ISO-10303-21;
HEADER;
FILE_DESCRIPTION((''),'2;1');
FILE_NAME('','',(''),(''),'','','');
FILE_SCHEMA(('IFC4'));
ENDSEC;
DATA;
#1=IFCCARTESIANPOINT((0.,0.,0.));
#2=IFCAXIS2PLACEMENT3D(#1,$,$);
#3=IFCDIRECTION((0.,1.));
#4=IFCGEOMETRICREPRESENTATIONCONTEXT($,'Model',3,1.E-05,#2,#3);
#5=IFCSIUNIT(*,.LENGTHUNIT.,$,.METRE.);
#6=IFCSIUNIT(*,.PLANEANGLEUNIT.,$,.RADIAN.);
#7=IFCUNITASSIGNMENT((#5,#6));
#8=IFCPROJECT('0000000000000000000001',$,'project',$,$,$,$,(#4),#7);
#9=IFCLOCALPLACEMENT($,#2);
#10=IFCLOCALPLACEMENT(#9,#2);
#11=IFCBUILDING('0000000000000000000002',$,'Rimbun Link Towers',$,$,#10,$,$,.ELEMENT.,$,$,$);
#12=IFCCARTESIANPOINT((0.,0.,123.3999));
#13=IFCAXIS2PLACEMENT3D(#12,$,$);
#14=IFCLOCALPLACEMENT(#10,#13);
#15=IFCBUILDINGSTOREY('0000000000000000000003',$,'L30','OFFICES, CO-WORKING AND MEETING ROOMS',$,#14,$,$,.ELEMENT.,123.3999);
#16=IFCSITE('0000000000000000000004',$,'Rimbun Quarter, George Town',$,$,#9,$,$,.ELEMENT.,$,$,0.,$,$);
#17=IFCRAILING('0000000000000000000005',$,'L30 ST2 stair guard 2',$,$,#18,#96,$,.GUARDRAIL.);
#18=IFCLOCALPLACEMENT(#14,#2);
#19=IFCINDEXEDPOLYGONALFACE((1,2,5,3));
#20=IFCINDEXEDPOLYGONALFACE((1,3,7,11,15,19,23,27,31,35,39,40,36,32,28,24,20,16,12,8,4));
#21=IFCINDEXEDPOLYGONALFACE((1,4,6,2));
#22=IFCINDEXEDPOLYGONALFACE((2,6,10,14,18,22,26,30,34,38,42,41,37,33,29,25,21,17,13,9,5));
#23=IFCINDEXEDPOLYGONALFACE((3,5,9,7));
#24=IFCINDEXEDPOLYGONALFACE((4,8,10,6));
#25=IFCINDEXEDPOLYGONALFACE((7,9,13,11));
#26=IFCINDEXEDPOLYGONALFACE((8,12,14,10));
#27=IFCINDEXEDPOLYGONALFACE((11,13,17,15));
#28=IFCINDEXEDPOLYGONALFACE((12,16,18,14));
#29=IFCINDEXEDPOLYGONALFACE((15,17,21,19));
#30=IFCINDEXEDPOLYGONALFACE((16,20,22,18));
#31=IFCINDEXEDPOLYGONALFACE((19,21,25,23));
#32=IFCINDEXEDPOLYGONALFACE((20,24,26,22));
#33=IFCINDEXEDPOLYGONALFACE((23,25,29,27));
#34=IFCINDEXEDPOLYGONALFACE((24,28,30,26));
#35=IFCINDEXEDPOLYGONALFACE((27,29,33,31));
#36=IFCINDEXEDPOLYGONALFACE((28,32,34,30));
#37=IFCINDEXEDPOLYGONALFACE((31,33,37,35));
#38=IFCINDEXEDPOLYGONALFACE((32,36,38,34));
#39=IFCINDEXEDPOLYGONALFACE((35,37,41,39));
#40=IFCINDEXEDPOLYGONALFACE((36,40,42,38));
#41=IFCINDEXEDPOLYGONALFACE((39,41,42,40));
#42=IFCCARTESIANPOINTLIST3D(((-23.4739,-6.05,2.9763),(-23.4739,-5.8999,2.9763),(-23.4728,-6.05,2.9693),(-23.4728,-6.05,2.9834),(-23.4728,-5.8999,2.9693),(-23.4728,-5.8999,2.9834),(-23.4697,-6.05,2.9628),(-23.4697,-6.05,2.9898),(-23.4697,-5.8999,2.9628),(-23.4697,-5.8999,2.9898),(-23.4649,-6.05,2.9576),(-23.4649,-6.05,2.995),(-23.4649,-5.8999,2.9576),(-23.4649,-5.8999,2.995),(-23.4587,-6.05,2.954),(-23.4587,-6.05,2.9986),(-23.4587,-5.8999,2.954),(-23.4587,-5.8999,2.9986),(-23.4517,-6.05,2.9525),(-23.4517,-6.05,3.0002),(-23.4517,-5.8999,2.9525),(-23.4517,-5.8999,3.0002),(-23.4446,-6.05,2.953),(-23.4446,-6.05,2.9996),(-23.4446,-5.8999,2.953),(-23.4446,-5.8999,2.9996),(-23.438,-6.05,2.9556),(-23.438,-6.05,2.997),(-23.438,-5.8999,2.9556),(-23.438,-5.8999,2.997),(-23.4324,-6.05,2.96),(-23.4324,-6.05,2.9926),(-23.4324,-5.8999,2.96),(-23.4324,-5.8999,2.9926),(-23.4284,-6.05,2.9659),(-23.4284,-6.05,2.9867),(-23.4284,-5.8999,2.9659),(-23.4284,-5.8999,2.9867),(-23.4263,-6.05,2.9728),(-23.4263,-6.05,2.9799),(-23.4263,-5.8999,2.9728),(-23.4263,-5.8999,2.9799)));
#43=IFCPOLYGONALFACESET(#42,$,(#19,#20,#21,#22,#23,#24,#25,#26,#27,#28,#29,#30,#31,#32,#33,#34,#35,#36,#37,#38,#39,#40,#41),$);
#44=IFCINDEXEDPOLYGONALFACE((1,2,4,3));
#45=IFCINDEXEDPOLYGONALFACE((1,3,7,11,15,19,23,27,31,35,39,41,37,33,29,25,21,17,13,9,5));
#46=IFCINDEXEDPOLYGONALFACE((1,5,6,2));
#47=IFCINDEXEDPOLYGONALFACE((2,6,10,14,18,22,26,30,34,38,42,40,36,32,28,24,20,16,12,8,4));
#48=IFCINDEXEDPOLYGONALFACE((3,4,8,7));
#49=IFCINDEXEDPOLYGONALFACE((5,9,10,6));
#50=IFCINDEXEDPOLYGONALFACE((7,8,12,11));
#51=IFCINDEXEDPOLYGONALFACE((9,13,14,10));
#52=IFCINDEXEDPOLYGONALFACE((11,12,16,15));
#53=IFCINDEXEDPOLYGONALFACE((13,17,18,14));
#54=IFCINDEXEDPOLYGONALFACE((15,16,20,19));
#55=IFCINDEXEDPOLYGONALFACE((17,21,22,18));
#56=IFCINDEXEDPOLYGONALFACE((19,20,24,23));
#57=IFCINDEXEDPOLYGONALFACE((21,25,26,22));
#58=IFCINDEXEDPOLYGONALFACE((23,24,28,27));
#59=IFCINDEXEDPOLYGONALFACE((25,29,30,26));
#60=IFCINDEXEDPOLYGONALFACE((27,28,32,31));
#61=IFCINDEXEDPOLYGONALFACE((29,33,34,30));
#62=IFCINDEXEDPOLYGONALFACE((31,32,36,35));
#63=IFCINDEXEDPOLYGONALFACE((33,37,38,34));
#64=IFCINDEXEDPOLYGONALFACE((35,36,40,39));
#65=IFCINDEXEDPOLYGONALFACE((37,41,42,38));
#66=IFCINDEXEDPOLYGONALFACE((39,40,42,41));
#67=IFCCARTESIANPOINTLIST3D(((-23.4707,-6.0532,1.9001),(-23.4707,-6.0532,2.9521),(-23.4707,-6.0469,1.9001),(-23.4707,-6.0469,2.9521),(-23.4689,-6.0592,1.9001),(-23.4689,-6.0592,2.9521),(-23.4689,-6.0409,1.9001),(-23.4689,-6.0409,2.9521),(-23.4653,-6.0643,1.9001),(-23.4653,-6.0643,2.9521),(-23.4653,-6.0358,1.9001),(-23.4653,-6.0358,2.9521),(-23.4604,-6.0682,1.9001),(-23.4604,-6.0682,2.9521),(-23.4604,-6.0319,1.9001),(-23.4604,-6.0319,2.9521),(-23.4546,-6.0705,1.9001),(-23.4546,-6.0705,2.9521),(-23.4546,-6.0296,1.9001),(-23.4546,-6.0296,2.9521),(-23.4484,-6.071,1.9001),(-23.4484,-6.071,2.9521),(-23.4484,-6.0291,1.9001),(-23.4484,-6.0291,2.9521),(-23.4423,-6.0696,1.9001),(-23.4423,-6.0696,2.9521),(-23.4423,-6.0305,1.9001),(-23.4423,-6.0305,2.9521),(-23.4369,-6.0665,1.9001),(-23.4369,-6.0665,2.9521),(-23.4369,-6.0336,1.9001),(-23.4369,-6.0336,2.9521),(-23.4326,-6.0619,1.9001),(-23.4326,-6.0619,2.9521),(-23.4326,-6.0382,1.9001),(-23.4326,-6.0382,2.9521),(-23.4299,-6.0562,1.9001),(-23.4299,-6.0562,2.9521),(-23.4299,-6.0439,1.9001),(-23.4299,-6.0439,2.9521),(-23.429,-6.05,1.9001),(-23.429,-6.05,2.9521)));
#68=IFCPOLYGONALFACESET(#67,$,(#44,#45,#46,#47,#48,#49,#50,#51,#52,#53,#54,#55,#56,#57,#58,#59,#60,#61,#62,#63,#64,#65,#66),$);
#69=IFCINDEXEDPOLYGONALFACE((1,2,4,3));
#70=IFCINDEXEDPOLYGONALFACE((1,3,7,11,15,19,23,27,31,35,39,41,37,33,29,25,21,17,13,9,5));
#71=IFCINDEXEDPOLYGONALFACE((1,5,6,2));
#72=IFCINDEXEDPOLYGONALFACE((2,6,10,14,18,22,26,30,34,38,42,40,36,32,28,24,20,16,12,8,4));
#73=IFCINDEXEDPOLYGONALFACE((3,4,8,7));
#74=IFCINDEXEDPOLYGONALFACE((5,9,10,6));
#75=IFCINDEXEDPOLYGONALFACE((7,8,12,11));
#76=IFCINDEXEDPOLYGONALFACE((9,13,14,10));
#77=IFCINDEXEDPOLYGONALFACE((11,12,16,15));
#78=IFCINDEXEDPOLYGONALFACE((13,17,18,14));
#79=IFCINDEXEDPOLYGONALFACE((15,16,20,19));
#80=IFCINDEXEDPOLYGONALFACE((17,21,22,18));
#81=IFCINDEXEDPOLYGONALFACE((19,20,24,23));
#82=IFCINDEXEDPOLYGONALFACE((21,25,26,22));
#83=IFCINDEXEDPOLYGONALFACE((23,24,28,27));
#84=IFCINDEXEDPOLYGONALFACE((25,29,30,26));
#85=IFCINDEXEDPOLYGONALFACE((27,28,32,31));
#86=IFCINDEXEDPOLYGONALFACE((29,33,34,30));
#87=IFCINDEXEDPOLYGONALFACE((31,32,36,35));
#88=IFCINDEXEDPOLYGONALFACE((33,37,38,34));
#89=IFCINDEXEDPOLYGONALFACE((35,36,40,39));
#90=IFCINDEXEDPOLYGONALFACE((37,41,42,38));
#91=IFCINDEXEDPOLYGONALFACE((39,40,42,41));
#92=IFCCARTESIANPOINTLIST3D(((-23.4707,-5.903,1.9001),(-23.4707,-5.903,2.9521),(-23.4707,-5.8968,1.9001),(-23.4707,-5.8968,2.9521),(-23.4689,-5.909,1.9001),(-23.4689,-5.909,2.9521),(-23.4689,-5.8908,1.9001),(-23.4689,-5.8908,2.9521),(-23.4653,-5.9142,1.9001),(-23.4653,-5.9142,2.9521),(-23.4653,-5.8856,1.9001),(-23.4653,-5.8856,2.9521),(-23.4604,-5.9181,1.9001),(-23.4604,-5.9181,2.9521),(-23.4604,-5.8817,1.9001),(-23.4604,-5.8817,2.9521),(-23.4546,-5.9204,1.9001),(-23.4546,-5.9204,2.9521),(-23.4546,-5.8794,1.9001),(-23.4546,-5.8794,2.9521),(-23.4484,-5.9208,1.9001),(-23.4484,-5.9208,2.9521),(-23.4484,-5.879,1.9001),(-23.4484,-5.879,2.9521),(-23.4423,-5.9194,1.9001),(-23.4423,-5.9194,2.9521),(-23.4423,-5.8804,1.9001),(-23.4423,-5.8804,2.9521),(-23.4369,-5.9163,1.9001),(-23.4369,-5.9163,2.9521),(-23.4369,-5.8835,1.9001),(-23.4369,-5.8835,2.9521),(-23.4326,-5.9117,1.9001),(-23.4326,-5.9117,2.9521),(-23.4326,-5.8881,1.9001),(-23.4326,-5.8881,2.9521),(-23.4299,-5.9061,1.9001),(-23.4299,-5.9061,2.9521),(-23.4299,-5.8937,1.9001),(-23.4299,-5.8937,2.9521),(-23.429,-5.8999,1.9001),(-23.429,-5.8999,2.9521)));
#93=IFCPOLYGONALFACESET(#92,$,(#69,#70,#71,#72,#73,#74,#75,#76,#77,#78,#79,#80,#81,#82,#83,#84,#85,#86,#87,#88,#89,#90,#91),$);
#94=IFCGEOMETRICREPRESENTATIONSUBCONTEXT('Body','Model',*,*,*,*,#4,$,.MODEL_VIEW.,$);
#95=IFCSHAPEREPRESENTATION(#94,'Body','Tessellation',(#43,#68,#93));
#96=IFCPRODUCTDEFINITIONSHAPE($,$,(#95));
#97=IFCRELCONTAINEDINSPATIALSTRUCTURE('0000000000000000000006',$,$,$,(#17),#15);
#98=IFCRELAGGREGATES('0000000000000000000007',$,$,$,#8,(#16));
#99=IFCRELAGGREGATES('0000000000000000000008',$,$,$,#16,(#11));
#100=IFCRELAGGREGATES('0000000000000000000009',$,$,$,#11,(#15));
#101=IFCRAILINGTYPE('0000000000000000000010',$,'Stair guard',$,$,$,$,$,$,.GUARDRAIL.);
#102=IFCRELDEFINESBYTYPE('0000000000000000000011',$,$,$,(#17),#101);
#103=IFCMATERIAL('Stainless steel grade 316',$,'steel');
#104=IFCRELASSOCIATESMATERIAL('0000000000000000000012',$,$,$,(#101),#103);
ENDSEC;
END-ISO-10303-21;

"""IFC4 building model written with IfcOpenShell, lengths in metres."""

from ifc_helpers import new_model, si_unit, direction, frame, origin, origin_2d, place, context, subcontext, project, spatial, circle, extrude, material, type_object, element, save


model = new_model("IFC4")

# Units and contexts
model_context = context("Model", 3, precision=1e-05, world=origin(), true_north=direction((0.0, 1.0)))
body_context = subcontext(model_context, "Body", "Model", "MODEL_VIEW")
ifc_project = project(units=[si_unit("LENGTHUNIT", "METRE"), si_unit("PLANEANGLEUNIT", "RADIAN")], contexts=[model_context])

# Site, building, storey
site_placement = place(None, origin())
site = spatial("IfcSite", under=ifc_project, at=site_placement, Name="Rimbun Quarter, George Town", CompositionType="ELEMENT", RefElevation=0.0)
building_placement = place(site_placement, origin())
building = spatial("IfcBuilding", under=site, at=building_placement, Name="Rimbun Link Towers", CompositionType="ELEMENT")
storey_placement = place(building_placement, frame((0.0, 0.0, 123.3999)))
storey = spatial("IfcBuildingStorey", under=building, at=storey_placement, Name="L30", Description="OFFICES, CO-WORKING AND MEETING ROOMS", CompositionType="ELEMENT", Elevation=123.3999)

# Railing
ifc_material_1 = material(Name="Stainless steel grade 316", Category="steel")
railing_type_1 = type_object("IfcRailingType", Name="Stair guard", PredefinedType="GUARDRAIL", material=ifc_material_1)
railing_1_placement = place(storey_placement, frame((-23.45, -6.05, 1.9001)))
element("IfcRailing", 1, at=railing_1_placement, inside=storey, type_object=railing_type_1, Name="L30 ST2 stair guard 2", PredefinedType="GUARDRAIL", context=body_context, shape_type="SweptSolid", body=[
    extrude(circle(Radius=0.0239, at=origin_2d()), frame((0.0, 0.0, 1.0762), z_axis=(0.0, 1.0, 0.0), x_axis=(-1.0, 0.0, 0.0)), (0.0, 0.0, 1.0), 0.1501),
    extrude(circle(Radius=0.021, at=origin_2d()), origin(), (0.0, 0.0, 1.0), 1.052),
    extrude(circle(Radius=0.021, at=origin_2d()), frame((0.0, 0.1501, 0.0)), (0.0, 0.0, 1.0), 1.052),
])

save(model, "model.ifc")
